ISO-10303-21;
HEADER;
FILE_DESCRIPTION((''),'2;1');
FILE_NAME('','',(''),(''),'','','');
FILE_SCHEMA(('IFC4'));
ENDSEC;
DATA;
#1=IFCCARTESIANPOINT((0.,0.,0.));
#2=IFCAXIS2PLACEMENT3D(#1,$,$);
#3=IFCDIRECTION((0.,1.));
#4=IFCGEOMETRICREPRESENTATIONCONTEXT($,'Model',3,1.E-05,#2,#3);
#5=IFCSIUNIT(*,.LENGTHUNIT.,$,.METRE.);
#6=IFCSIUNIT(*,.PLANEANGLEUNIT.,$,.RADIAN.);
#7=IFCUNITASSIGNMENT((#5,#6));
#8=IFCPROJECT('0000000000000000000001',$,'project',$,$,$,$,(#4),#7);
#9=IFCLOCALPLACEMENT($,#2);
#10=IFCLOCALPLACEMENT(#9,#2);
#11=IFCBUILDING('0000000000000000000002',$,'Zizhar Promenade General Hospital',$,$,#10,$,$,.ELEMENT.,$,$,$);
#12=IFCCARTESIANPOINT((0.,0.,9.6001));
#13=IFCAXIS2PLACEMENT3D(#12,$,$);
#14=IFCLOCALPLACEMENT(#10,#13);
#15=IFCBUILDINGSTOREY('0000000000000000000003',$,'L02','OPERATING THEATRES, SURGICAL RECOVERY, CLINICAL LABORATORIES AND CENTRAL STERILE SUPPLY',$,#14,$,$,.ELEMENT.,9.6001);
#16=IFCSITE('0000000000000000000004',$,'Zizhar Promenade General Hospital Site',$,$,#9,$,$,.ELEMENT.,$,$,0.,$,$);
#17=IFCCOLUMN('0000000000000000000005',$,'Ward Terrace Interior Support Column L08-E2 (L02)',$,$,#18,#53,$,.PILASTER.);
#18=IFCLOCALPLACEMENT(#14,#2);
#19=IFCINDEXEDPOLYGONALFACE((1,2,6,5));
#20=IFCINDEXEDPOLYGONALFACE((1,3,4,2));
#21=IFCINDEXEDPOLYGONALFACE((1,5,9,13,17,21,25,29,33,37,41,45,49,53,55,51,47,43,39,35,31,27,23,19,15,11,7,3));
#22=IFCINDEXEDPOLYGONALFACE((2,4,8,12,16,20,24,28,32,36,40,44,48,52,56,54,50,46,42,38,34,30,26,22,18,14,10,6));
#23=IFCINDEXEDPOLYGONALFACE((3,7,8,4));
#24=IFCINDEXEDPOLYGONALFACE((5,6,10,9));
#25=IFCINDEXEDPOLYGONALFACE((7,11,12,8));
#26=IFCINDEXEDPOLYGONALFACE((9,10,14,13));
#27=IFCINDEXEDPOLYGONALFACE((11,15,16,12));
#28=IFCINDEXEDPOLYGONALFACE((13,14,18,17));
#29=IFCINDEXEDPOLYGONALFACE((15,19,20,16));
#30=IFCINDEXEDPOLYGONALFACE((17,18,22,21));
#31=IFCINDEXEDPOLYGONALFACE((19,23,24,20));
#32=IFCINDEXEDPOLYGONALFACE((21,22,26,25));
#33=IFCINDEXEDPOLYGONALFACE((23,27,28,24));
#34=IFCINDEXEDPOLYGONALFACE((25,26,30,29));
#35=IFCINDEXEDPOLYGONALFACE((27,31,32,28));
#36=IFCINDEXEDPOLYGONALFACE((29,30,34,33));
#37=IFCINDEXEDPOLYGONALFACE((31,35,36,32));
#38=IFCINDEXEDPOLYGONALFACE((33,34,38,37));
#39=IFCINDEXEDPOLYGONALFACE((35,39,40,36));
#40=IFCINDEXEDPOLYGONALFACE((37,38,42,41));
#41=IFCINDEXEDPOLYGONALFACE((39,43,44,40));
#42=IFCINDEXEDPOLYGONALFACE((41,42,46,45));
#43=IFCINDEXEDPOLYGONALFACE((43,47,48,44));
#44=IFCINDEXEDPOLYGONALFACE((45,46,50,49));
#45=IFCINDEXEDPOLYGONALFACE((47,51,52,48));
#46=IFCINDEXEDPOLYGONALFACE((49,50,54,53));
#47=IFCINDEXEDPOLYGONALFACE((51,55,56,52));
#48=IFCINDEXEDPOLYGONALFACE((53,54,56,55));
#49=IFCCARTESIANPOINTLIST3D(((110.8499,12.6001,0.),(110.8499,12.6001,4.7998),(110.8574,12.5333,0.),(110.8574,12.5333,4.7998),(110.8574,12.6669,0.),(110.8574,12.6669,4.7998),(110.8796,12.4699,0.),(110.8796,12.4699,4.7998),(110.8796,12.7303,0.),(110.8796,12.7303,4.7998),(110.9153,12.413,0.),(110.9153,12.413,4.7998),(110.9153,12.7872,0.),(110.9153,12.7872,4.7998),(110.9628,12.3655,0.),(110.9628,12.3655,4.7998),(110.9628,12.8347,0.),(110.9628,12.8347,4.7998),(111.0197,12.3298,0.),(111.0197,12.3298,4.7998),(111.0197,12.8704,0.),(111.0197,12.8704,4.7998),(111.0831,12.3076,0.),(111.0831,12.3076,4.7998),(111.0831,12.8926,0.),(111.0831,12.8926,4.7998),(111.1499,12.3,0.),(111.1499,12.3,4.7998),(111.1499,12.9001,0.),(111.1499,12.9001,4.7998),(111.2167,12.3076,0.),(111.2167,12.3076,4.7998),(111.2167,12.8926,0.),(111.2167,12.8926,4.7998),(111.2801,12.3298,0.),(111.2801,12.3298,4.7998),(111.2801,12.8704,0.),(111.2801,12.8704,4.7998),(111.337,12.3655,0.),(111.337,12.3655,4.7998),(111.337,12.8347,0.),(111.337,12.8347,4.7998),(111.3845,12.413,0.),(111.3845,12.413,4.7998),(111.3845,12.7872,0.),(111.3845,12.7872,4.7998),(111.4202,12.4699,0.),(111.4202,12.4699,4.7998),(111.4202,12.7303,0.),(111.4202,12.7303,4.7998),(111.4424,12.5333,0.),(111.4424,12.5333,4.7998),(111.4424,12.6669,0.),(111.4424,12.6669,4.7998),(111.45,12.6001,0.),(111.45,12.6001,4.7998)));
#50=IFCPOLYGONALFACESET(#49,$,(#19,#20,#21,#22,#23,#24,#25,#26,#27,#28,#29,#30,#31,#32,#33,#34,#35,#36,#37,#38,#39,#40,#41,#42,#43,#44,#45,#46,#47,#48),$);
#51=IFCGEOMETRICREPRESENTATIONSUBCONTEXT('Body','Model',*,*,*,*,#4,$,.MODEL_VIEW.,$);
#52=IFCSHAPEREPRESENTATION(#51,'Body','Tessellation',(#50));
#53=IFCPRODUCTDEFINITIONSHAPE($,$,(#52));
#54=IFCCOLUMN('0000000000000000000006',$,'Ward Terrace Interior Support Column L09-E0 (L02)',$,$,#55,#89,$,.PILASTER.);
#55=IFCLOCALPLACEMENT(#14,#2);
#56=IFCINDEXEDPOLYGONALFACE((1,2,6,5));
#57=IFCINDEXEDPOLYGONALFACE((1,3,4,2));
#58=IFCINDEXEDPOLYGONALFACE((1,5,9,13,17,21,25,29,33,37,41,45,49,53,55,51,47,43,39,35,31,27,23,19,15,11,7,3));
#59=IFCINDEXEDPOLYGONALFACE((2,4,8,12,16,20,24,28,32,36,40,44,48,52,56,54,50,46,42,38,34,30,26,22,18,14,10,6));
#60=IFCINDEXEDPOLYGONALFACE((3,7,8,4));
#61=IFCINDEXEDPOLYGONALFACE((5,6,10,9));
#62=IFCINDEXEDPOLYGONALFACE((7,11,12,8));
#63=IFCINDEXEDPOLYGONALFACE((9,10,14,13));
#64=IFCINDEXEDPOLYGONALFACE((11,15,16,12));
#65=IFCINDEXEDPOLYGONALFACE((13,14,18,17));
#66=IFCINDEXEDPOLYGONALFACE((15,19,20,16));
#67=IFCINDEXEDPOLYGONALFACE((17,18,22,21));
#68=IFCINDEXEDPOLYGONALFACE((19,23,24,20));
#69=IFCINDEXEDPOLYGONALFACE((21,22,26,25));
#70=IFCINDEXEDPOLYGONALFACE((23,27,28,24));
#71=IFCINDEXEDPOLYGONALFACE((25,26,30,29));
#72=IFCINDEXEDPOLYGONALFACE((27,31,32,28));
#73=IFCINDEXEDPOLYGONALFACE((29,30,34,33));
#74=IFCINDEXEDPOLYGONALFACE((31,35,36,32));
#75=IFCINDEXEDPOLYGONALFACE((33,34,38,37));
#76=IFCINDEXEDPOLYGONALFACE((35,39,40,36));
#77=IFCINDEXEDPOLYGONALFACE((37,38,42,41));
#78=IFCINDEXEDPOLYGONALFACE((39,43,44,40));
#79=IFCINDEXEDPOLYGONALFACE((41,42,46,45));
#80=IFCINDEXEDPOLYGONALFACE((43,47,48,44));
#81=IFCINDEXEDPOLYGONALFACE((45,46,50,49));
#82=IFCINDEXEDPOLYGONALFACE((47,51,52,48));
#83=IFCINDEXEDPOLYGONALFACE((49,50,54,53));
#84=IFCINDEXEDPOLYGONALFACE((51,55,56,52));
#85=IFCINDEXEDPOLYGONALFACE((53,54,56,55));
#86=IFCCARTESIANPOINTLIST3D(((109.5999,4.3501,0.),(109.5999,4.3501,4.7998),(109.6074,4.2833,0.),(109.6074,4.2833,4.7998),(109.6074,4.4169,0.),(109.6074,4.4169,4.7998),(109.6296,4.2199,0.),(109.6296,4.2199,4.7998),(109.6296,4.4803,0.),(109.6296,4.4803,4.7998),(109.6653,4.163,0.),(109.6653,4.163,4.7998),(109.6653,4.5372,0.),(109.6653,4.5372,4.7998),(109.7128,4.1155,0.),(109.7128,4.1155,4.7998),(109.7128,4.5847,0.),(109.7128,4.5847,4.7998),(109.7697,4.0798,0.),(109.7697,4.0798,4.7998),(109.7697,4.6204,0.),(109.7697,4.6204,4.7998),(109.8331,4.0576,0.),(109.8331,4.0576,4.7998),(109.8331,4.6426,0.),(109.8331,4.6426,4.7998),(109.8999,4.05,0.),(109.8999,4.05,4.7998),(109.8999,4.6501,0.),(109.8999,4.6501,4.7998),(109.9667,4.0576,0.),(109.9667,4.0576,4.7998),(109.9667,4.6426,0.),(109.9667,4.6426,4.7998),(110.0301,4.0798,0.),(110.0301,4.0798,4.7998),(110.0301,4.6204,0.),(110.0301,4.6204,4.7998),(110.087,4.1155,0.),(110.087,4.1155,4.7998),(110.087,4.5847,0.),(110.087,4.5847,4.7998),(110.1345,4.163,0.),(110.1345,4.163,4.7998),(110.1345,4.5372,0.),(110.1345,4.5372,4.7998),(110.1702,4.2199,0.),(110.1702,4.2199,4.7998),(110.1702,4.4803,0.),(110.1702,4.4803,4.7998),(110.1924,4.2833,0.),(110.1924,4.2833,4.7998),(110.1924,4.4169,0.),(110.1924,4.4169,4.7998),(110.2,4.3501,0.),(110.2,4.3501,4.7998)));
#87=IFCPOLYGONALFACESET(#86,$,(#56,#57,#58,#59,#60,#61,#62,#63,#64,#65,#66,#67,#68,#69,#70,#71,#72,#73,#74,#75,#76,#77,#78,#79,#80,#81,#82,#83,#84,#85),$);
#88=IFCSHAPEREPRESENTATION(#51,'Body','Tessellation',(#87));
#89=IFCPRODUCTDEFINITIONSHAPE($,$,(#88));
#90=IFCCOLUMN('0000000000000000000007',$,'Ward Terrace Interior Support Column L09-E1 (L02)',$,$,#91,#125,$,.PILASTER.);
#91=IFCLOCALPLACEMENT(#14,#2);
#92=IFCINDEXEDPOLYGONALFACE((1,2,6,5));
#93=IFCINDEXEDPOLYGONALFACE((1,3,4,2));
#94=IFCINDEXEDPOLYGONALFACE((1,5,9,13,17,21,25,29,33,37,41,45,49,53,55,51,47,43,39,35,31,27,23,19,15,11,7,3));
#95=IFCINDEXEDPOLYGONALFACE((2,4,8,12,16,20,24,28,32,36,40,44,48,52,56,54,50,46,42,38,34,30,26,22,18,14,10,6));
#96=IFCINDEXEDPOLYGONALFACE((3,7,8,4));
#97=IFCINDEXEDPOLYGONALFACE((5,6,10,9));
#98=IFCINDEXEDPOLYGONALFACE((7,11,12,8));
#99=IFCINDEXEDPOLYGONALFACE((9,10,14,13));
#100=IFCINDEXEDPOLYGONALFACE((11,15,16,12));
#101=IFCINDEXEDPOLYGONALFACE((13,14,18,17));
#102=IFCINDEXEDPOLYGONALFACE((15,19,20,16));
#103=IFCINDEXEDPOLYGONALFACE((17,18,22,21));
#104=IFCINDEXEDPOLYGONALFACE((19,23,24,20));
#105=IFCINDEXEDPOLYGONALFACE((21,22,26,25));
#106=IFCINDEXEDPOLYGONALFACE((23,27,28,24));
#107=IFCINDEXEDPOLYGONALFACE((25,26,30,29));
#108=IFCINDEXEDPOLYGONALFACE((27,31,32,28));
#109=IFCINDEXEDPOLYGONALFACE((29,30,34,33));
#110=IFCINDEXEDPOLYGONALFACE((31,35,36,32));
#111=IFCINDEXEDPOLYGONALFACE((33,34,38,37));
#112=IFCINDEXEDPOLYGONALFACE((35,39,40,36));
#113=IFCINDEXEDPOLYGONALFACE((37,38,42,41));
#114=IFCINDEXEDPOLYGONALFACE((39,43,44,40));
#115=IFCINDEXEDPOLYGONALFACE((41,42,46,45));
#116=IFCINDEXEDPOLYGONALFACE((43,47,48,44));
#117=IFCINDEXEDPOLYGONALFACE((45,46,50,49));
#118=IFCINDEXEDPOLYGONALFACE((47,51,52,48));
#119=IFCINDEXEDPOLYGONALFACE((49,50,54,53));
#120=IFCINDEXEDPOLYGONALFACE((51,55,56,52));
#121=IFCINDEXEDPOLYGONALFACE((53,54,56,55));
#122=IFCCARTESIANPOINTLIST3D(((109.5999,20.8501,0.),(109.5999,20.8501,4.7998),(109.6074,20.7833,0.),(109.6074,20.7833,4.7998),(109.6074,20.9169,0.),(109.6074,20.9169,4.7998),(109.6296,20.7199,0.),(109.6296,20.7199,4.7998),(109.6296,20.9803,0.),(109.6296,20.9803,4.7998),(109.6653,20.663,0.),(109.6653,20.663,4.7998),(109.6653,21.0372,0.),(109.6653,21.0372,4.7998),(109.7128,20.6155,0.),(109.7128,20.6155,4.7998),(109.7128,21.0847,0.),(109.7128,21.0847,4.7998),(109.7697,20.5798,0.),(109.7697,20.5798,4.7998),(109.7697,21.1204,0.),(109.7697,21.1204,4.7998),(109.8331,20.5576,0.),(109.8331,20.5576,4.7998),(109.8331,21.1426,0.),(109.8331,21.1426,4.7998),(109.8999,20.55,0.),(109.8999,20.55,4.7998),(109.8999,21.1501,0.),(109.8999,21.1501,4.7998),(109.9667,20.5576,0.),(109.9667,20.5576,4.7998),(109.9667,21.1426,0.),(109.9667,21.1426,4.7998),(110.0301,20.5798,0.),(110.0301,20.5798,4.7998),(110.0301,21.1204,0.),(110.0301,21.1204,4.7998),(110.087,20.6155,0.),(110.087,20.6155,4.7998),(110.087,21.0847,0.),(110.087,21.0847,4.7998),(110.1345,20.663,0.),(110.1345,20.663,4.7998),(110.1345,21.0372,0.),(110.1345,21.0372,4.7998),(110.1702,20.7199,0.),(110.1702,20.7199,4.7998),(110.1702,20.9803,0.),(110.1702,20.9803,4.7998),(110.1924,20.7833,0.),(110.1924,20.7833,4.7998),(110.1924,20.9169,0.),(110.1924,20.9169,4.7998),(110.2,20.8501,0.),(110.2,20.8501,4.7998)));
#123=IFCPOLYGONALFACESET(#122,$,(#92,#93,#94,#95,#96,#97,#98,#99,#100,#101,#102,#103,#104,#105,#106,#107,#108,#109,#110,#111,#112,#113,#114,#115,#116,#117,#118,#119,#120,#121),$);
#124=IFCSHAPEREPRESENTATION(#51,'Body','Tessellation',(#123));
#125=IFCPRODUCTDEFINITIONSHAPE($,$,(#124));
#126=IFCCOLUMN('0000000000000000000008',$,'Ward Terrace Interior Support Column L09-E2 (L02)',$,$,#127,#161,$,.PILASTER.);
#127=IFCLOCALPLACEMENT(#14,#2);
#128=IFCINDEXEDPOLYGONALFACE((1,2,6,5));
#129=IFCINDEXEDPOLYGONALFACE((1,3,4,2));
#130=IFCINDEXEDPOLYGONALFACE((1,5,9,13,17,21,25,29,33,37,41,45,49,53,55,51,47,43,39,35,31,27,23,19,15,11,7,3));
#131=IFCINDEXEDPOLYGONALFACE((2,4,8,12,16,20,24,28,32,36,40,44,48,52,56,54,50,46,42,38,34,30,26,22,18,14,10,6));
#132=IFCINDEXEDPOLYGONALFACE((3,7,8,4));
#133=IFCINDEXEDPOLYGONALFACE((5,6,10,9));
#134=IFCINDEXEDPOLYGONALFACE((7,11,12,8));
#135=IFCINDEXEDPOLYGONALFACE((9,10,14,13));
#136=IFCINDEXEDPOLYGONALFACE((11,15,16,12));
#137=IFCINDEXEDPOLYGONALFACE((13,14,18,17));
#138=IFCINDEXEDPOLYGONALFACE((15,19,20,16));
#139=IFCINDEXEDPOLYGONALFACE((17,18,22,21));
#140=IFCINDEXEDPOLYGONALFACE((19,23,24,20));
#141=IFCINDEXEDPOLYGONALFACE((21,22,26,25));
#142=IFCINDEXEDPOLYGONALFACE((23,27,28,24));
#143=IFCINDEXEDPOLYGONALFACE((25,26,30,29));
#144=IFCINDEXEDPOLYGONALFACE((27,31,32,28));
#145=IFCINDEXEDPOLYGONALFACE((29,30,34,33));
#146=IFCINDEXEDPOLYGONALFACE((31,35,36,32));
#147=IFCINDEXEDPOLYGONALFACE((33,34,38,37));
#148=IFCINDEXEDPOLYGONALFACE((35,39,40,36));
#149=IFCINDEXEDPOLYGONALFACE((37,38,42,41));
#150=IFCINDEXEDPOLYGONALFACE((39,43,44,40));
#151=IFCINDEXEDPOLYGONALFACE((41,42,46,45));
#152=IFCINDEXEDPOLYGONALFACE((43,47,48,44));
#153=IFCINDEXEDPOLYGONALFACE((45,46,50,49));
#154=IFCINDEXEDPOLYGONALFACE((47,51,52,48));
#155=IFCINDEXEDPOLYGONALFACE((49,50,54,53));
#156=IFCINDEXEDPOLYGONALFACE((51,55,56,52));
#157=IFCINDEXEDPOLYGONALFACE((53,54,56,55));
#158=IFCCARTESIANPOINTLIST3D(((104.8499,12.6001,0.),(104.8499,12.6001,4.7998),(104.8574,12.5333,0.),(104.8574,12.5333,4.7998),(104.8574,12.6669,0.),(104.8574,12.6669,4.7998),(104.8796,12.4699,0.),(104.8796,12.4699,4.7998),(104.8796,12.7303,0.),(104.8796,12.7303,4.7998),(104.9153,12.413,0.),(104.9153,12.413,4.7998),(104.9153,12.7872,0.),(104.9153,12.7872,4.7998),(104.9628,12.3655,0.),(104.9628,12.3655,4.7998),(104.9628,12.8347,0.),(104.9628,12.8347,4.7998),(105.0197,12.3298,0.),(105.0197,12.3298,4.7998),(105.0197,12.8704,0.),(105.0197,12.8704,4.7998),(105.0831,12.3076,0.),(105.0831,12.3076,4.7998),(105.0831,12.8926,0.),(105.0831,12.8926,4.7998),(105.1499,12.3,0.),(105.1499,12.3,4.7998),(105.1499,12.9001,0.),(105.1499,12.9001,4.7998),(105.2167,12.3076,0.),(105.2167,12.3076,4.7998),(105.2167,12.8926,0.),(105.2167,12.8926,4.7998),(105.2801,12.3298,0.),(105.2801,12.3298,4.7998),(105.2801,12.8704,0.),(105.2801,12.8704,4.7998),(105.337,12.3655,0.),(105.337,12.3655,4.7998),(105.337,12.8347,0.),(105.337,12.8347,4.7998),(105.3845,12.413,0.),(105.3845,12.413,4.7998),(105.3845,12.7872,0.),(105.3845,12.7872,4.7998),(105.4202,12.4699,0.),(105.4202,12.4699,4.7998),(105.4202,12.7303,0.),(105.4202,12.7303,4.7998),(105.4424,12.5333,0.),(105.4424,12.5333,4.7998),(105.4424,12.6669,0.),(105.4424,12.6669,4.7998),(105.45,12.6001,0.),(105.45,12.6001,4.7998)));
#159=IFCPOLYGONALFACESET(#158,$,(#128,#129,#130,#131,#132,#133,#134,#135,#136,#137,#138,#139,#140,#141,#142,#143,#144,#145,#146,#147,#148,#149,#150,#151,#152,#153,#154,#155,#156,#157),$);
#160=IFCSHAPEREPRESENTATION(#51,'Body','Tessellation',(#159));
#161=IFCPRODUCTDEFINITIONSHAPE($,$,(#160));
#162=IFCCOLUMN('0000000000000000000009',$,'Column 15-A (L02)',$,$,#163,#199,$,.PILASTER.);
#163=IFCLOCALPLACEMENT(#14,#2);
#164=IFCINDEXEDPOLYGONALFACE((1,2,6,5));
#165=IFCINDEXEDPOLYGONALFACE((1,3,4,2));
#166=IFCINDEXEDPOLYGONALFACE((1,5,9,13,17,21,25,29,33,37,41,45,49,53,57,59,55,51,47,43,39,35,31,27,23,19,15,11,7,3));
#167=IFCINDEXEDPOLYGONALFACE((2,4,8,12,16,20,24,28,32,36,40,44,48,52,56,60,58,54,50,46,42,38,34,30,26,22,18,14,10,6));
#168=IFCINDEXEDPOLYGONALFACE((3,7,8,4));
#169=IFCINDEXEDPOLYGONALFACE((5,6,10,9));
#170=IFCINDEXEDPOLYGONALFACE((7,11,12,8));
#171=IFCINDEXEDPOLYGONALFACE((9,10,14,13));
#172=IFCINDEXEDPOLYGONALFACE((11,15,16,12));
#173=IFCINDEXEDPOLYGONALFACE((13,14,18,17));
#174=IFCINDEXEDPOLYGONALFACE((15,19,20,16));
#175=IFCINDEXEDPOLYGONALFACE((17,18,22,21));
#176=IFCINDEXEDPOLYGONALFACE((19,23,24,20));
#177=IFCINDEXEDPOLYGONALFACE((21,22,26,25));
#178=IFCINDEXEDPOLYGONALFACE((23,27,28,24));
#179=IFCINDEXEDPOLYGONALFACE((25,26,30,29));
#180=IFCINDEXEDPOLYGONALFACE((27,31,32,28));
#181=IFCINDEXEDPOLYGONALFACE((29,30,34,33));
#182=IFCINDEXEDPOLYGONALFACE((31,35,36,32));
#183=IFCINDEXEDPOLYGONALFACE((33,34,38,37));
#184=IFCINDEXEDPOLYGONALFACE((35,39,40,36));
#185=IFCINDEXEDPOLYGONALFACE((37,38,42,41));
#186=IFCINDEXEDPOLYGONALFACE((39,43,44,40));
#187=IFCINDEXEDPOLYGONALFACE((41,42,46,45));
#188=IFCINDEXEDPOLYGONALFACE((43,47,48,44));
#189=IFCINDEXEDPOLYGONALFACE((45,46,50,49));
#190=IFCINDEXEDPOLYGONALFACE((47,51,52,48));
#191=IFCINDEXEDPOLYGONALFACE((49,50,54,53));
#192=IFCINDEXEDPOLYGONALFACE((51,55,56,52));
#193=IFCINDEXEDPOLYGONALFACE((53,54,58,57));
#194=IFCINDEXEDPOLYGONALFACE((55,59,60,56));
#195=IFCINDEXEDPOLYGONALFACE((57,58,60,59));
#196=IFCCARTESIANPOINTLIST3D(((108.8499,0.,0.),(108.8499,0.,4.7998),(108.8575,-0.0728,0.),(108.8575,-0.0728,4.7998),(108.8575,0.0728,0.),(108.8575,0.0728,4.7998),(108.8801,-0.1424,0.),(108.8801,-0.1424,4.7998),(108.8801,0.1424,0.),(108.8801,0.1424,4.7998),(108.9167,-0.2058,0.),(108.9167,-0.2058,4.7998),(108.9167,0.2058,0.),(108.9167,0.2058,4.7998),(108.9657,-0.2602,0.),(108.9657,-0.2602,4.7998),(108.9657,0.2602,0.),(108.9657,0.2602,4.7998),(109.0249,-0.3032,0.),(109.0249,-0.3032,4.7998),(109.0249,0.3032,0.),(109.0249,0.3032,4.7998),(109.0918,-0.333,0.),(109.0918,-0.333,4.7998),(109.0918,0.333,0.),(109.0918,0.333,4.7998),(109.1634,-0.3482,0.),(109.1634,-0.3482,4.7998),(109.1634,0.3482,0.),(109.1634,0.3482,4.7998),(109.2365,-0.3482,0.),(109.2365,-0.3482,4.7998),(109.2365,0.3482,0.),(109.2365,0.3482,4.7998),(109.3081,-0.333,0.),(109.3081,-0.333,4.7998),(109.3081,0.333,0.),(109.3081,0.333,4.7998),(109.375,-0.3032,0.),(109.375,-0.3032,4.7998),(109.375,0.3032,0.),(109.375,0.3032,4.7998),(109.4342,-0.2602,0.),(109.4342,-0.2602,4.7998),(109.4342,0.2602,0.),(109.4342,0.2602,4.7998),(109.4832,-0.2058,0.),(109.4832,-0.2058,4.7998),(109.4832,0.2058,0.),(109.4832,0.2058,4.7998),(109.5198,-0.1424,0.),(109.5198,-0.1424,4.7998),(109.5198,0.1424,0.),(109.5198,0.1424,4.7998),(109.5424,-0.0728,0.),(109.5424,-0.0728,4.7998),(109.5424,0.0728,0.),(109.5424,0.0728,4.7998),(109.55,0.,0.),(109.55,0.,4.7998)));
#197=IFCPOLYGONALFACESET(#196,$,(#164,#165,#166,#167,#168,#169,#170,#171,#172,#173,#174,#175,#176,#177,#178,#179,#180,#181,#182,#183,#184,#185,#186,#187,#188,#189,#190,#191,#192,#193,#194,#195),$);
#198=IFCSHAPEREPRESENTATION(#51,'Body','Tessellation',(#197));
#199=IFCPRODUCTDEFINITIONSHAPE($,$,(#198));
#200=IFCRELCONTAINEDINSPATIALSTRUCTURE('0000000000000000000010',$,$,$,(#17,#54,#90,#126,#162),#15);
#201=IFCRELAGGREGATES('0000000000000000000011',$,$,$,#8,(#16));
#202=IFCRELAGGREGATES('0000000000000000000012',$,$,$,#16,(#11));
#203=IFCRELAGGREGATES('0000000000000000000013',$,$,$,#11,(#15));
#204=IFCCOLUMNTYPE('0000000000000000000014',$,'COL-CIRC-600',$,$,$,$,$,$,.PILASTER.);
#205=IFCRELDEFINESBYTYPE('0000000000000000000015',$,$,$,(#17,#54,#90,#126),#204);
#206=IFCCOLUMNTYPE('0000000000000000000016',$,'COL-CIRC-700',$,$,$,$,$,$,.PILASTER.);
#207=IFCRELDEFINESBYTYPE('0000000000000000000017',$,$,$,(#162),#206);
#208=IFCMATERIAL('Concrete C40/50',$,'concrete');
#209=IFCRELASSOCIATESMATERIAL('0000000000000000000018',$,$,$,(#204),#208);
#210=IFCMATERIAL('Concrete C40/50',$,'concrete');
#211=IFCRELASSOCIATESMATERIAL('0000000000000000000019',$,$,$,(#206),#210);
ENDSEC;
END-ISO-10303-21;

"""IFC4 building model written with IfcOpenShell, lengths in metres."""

from ifc_helpers import new_model, si_unit, direction, frame, origin, origin_2d, place, context, subcontext, project, spatial, circle, extrude, material, material_profile, profile_set, type_object, element, save


model = new_model("IFC4")

# Units and contexts
model_context = context("Model", 3, precision=1e-05, world=origin(), true_north=direction((0.0, 1.0)))
body_context = subcontext(model_context, "Body", "Model", "MODEL_VIEW")
ifc_project = project(units=[si_unit("LENGTHUNIT", "METRE"), si_unit("PLANEANGLEUNIT", "RADIAN")], contexts=[model_context])

# Site, building, storey
site_placement = place(None, origin())
site = spatial("IfcSite", under=ifc_project, at=site_placement, Name="Zizhar Promenade General Hospital Site", CompositionType="ELEMENT", RefElevation=0.0)
building_placement = place(site_placement, origin())
building = spatial("IfcBuilding", under=site, at=building_placement, Name="Zizhar Promenade General Hospital", CompositionType="ELEMENT")
storey_placement = place(building_placement, frame((0.0, 0.0, 9.6001)))
storey = spatial("IfcBuildingStorey", under=building, at=storey_placement, Name="L02", Description="OPERATING THEATRES, SURGICAL RECOVERY, CLINICAL LABORATORIES AND CENTRAL STERILE SUPPLY", CompositionType="ELEMENT", Elevation=9.6001)

# Columns
ifc_material_1 = material(Name="Concrete C40/50", Category="concrete")
ifc_material_profile_1 = material_profile(ifc_material_1, circle(Radius=0.3, at=origin_2d()))
ifc_profile_set_1 = profile_set([ifc_material_profile_1], Name="Concrete C40/50")
column_type_1 = type_object("IfcColumnType", Name="COL-CIRC-600", PredefinedType="PILASTER", material=ifc_profile_set_1)
for number, where, z_axis, x_axis, name in (
    (1, (111.1499, 12.6001, 0.0), (0.0, 0.0, 1.0), (1.0, 0.0, 0.0), "Ward Terrace Interior Support Column L08-E2 (L02)"),
    (2, (109.8999, 4.3501, 0.0), (0.0, 0.0, 1.0), (1.0, 0.0, 0.0), "Ward Terrace Interior Support Column L09-E0 (L02)"),
    (3, (109.8999, 20.8501, 0.0), (0.0, 0.0, 1.0), (1.0, 0.0, 0.0), "Ward Terrace Interior Support Column L09-E1 (L02)"),
    (4, (105.1499, 12.6001, 0.0), (0.0, 0.0, 1.0), (1.0, 0.0, 0.0), "Ward Terrace Interior Support Column L09-E2 (L02)"),
):
    element("IfcColumn", number, at=place(storey_placement, frame(where, z_axis=z_axis, x_axis=x_axis)), inside=storey, type_object=column_type_1, Name=name, PredefinedType="PILASTER", context=body_context, shape_type="SweptSolid", body=[
        extrude(circle(Radius=0.3, at=origin_2d()), origin(), (0.0, 0.0, 1.0), 4.7998),
    ])
ifc_material_2 = material(Name="Concrete C40/50", Category="concrete")
ifc_material_profile_2 = material_profile(ifc_material_2, circle(Radius=0.3501, at=origin_2d()))
ifc_profile_set_2 = profile_set([ifc_material_profile_2], Name="Concrete C40/50")
column_type_2 = type_object("IfcColumnType", Name="COL-CIRC-700", PredefinedType="PILASTER", material=ifc_profile_set_2)
for number, where, z_axis, x_axis, name in (
    (5, (109.2, 0.0, 0.0), (0.0, 0.0, 1.0), (1.0, 0.0, 0.0), "Column 15-A (L02)"),
):
    element("IfcColumn", number, at=place(storey_placement, frame(where, z_axis=z_axis, x_axis=x_axis)), inside=storey, type_object=column_type_2, Name=name, PredefinedType="PILASTER", context=body_context, shape_type="SweptSolid", body=[
        extrude(circle(Radius=0.3501, at=origin_2d()), origin(), (0.0, 0.0, 1.0), 4.7998),
    ])

save(model, "model.ifc")
